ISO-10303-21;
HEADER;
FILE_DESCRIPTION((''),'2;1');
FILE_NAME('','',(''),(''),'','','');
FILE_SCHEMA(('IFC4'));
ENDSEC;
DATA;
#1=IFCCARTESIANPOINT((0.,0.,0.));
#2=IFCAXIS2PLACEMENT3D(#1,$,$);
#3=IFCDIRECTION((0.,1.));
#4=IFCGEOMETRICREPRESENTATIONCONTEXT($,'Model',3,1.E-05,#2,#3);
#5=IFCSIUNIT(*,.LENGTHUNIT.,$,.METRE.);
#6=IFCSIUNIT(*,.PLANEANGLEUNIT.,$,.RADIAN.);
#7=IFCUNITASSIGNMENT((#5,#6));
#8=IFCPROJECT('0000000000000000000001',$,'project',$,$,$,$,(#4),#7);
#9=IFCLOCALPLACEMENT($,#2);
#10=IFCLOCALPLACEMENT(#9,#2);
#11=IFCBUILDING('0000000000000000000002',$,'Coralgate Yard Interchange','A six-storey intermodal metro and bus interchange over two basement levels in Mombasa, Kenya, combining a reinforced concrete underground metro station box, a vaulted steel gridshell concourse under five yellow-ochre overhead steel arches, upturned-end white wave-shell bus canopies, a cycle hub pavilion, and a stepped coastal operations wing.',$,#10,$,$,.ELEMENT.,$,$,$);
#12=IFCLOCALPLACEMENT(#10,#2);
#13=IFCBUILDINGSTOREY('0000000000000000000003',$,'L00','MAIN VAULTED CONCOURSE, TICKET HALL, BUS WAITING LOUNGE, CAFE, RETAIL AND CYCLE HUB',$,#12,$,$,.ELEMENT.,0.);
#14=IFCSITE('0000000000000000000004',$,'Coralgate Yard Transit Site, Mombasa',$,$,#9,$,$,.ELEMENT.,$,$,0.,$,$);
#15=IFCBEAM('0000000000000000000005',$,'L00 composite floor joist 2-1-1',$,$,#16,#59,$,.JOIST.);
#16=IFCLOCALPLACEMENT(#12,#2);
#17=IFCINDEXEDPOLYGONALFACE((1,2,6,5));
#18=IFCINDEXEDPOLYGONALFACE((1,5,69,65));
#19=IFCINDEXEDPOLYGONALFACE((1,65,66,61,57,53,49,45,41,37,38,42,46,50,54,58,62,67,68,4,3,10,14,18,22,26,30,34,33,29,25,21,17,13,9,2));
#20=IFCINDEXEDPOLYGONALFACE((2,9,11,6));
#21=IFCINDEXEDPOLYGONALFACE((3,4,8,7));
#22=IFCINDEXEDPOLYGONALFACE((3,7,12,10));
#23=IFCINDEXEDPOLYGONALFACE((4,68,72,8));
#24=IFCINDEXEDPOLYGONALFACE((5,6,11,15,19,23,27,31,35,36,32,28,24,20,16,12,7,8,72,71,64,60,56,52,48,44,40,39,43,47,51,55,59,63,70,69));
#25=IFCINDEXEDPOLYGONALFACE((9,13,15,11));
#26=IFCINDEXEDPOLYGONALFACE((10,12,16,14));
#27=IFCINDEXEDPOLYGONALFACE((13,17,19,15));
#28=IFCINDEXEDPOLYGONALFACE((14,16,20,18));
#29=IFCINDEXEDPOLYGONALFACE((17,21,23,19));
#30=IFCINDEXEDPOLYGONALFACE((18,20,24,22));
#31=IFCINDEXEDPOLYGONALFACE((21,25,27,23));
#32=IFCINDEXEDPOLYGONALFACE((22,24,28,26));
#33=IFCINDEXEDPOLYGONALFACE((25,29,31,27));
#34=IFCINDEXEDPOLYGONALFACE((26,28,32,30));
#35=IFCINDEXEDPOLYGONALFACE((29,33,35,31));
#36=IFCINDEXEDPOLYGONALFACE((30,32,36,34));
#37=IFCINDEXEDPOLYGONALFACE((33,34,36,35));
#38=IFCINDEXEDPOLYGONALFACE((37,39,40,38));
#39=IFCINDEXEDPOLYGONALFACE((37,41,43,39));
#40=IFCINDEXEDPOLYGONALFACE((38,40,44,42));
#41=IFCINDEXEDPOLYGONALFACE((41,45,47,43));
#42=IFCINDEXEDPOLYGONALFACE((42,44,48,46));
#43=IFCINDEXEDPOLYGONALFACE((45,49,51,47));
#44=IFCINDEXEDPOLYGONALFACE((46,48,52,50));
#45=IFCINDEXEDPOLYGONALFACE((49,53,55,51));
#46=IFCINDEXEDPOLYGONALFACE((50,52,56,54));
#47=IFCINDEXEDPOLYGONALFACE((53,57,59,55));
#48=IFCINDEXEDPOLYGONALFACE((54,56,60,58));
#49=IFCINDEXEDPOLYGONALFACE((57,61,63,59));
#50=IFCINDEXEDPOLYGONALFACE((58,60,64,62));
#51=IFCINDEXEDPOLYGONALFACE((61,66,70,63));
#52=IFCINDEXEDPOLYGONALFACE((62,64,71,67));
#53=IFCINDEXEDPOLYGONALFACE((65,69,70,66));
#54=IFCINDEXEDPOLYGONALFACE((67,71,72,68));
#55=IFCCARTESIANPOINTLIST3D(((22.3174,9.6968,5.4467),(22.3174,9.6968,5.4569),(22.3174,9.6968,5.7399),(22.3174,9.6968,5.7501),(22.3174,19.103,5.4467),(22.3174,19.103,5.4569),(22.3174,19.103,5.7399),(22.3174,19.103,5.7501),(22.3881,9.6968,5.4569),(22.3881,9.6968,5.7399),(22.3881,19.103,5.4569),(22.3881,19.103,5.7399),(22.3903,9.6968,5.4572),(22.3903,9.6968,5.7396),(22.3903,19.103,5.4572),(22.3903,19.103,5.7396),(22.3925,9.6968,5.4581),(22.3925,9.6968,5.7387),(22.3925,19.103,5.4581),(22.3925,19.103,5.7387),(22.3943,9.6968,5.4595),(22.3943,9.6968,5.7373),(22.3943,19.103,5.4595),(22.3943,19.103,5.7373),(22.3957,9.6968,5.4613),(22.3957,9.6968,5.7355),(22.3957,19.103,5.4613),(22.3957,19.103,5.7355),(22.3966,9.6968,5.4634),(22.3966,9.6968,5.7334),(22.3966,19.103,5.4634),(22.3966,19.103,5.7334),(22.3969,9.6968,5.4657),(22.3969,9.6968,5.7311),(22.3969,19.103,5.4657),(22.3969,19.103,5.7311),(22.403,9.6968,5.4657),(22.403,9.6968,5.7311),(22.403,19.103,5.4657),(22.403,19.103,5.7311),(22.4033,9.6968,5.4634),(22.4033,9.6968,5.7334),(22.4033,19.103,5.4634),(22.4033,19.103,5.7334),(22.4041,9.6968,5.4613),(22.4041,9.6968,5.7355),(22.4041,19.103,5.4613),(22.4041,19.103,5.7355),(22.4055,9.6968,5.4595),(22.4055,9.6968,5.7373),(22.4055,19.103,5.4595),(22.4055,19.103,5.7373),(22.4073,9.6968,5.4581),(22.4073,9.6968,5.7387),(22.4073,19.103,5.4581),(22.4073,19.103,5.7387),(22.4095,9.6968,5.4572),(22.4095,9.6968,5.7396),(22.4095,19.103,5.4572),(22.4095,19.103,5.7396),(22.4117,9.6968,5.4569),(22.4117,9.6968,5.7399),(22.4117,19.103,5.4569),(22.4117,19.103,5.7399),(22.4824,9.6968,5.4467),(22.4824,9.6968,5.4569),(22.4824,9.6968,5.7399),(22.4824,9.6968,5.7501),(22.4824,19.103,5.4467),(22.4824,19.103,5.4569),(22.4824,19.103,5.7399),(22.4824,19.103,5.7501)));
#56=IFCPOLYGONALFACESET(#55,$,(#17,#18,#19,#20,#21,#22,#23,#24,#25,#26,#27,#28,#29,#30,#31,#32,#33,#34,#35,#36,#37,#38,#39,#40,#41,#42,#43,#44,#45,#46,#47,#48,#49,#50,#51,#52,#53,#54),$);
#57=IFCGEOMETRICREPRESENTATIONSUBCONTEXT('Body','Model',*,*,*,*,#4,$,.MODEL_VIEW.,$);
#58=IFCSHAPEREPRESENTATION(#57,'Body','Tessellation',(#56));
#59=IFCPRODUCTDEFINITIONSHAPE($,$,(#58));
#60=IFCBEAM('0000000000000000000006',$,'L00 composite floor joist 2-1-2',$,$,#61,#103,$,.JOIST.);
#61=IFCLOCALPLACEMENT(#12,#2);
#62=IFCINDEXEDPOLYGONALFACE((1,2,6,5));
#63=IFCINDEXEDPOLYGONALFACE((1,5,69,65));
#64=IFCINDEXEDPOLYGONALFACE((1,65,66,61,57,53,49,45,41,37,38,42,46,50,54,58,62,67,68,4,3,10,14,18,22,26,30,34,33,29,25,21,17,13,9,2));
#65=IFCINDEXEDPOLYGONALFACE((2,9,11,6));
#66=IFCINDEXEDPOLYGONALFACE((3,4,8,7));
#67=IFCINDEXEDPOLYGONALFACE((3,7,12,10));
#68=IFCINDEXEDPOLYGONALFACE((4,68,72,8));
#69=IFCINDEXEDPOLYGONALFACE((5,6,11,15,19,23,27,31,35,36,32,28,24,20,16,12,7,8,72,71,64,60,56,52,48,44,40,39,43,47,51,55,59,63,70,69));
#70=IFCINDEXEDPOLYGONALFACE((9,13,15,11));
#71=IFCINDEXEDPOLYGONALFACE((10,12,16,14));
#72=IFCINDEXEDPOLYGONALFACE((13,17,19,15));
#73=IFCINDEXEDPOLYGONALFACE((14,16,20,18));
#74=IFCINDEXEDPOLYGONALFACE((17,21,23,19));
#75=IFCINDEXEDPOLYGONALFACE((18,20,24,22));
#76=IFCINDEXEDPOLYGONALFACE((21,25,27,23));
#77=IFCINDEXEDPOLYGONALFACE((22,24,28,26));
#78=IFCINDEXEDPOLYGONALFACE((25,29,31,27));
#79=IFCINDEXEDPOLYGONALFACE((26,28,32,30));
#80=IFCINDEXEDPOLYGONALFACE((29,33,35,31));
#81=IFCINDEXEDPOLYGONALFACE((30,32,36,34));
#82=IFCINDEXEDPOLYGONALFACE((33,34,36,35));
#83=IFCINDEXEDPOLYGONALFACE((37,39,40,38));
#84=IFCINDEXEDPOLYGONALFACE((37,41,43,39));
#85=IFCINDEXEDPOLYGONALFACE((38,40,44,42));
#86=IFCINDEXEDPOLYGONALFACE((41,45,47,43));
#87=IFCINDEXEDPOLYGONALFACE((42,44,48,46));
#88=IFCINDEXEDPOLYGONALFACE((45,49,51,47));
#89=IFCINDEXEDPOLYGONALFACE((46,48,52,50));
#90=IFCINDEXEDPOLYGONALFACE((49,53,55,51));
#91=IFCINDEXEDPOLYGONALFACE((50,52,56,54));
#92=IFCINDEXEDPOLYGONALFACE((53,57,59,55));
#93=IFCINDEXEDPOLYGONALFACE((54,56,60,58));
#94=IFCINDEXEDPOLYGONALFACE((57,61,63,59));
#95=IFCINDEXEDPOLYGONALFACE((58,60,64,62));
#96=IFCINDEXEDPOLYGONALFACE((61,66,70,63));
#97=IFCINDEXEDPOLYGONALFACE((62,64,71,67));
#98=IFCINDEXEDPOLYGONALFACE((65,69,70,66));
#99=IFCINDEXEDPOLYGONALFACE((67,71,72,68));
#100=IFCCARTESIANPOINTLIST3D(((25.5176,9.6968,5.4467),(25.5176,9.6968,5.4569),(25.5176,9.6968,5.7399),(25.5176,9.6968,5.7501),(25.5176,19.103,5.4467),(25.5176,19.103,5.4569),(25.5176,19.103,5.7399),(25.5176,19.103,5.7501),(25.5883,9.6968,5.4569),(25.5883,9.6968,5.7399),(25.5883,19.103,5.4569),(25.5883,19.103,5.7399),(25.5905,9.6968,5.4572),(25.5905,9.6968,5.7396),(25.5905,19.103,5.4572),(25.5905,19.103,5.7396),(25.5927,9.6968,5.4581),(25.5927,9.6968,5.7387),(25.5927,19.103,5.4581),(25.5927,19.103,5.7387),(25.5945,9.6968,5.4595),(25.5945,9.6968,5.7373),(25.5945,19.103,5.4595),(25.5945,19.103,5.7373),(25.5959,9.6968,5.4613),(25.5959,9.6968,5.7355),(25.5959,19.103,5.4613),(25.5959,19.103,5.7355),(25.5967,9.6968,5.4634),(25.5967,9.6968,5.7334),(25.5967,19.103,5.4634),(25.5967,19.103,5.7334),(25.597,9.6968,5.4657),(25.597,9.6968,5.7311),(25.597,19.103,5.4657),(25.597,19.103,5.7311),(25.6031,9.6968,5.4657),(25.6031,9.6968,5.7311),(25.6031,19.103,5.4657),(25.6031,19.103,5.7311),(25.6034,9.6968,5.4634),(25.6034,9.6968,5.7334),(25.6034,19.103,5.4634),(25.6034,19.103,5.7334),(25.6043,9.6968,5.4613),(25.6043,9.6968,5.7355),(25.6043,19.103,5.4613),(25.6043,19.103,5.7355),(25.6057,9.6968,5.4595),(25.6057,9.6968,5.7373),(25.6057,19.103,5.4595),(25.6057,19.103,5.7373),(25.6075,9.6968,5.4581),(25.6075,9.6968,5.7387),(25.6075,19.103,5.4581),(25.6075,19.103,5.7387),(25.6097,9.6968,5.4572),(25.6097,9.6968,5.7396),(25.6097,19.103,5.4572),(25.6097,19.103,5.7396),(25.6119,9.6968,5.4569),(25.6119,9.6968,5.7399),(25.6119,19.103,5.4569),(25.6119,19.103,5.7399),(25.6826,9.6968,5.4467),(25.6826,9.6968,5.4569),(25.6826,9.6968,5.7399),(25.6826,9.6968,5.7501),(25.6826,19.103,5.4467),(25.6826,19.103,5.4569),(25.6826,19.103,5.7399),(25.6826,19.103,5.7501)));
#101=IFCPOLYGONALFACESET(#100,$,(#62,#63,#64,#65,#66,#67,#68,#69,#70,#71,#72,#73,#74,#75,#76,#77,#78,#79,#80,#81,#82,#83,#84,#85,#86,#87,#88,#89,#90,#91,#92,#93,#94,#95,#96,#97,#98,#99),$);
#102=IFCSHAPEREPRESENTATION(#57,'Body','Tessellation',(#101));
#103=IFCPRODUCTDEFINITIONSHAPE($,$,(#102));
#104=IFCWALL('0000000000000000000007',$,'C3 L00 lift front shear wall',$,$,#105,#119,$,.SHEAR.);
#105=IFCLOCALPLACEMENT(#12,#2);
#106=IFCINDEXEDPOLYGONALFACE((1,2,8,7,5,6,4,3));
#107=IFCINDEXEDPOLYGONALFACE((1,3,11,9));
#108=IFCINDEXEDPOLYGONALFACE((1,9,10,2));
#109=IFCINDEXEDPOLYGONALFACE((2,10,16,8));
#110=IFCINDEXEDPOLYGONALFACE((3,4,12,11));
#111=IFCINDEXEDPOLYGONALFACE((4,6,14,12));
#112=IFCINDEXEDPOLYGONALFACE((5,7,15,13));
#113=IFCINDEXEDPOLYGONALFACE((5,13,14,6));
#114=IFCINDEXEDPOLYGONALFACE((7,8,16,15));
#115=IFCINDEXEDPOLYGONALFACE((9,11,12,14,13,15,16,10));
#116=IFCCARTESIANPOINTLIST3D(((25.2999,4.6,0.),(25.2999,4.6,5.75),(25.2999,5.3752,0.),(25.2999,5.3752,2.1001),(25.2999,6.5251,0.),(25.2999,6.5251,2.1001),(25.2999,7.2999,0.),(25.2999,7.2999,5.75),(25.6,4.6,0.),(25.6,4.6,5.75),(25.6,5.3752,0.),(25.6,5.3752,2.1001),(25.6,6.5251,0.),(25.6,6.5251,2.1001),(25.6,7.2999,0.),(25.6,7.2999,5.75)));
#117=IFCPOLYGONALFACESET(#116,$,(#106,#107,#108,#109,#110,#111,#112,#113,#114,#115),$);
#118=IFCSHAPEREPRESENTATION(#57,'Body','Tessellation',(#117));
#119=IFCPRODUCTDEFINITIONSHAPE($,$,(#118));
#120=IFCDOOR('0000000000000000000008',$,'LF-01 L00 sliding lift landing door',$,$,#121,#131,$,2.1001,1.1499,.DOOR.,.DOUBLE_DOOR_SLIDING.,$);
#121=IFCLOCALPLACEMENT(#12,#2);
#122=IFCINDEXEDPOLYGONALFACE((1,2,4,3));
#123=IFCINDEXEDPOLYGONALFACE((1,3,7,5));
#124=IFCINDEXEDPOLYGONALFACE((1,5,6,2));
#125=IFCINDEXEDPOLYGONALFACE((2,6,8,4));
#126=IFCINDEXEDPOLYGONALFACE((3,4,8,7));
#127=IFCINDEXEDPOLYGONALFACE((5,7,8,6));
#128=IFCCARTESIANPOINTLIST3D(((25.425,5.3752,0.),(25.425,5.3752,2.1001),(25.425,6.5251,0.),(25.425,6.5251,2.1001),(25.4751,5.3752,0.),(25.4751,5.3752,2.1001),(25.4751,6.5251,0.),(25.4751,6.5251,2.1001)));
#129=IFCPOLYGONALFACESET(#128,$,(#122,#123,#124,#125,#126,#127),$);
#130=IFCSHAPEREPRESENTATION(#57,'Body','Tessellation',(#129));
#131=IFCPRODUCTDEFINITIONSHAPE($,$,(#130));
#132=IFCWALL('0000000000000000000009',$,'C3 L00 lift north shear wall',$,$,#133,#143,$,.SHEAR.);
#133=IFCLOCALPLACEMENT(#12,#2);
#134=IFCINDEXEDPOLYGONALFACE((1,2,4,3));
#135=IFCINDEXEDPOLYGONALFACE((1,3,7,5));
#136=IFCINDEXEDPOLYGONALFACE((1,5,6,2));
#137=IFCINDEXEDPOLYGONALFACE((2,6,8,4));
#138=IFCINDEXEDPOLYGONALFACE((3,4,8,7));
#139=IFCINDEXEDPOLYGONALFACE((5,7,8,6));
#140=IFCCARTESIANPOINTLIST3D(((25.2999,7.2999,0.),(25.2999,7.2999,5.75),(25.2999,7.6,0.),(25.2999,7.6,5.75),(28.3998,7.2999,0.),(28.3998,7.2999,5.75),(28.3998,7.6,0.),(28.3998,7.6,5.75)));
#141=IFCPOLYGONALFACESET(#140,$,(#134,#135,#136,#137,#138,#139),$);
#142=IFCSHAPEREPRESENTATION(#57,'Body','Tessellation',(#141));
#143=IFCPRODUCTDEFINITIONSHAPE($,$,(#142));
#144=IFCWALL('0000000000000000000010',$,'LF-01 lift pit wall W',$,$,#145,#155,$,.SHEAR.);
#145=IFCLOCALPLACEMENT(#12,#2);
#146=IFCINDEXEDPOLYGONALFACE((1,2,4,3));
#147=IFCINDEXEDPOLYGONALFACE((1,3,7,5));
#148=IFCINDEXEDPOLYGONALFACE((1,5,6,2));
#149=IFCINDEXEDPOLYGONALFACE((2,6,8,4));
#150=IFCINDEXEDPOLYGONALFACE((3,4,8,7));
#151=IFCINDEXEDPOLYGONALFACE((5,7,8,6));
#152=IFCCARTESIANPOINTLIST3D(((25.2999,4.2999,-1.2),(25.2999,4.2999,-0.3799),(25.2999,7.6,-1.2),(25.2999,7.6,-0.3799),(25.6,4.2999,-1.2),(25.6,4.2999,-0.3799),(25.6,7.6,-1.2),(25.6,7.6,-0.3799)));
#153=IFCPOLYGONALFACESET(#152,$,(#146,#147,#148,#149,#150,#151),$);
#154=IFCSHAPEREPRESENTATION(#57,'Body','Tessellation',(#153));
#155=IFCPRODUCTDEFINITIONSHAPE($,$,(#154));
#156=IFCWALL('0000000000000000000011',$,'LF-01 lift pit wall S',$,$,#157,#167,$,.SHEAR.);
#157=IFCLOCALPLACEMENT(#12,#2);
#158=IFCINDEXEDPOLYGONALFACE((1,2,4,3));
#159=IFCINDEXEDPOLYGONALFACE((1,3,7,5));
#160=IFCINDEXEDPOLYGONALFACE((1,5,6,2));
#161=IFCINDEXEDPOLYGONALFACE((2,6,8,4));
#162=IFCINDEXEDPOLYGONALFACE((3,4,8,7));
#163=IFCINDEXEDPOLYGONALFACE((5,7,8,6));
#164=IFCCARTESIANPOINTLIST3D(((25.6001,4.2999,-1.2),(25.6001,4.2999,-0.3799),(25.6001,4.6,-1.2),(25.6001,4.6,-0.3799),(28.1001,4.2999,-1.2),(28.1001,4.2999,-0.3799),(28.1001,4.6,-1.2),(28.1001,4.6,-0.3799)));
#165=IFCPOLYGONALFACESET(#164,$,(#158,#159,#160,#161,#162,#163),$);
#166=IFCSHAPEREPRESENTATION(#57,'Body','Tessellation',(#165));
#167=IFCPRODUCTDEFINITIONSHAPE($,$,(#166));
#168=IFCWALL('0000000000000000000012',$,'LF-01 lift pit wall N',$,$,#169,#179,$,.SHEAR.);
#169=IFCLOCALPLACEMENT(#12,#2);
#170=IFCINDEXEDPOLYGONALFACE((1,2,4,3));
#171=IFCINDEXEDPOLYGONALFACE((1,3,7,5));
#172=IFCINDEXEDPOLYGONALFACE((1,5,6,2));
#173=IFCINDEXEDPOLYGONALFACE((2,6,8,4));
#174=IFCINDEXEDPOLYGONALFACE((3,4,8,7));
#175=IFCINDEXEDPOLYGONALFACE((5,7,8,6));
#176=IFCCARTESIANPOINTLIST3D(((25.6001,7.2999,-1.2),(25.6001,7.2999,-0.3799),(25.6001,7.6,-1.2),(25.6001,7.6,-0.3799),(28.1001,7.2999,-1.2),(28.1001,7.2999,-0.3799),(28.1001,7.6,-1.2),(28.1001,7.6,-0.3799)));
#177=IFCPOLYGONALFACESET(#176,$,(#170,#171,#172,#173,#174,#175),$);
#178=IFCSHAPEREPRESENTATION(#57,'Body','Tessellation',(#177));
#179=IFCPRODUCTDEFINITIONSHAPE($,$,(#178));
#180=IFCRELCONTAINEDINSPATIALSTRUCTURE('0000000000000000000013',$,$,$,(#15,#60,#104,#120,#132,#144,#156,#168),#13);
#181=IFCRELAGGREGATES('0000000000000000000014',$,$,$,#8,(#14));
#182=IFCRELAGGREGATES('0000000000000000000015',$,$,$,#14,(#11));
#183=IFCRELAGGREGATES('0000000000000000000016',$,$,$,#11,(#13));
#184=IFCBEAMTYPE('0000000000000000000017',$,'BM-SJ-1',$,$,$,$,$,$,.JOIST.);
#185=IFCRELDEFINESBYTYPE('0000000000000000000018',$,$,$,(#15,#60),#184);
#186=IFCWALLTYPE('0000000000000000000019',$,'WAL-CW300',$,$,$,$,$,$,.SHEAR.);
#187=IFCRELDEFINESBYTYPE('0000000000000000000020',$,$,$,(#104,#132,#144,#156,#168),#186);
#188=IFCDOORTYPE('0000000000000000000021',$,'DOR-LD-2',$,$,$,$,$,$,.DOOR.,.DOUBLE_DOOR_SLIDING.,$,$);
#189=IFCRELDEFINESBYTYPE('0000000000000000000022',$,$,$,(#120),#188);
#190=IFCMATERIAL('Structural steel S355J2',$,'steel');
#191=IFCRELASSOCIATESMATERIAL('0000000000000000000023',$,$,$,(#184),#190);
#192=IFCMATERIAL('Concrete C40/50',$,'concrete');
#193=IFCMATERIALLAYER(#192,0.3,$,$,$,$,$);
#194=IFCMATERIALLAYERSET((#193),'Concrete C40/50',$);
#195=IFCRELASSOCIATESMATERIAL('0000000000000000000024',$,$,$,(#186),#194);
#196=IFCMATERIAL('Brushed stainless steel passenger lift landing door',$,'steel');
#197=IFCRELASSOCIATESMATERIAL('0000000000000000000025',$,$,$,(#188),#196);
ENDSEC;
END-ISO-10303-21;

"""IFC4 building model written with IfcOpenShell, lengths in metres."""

from ifc_helpers import new_model, si_unit, direction, frame, frame_2d, origin, origin_2d, place, context, subcontext, project, spatial, rectangle, i_section, extrude, material, layer, layer_set, material_profile, profile_set, type_object, element, fill, save


model = new_model("IFC4")

# Units and contexts
model_context = context("Model", 3, precision=1e-05, world=origin(), true_north=direction((0.0, 1.0)))
body_context = subcontext(model_context, "Body", "Model", "MODEL_VIEW")
ifc_project = project(units=[si_unit("LENGTHUNIT", "METRE"), si_unit("PLANEANGLEUNIT", "RADIAN")], contexts=[model_context])

# Site, building, storey
site_placement = place(None, origin())
site = spatial("IfcSite", under=ifc_project, at=site_placement, Name="Coralgate Yard Transit Site, Mombasa", CompositionType="ELEMENT", RefElevation=0.0)
building_placement = place(site_placement, origin())
building = spatial("IfcBuilding", under=site, at=building_placement, Name="Coralgate Yard Interchange", Description="A six-storey intermodal metro and bus interchange over two basement levels in Mombasa, Kenya, combining a reinforced concrete underground metro station box, a vaulted steel gridshell concourse under five yellow-ochre overhead steel arches, upturned-end white wave-shell bus canopies, a cycle hub pavilion, and a stepped coastal operations wing.", CompositionType="ELEMENT")
storey_placement = place(building_placement, origin())
storey = spatial("IfcBuildingStorey", under=building, at=storey_placement, Name="L00", Description="MAIN VAULTED CONCOURSE, TICKET HALL, BUS WAITING LOUNGE, CAFE, RETAIL AND CYCLE HUB", CompositionType="ELEMENT", Elevation=0.0)

# Shared definitions
ifc_material_1 = material(Name="Concrete C40/50", Category="concrete")

# Beams
ifc_material_2 = material(Name="Structural steel S355J2", Category="steel")
ifc_material_profile_1 = material_profile(ifc_material_2, i_section(OverallWidth=0.165, OverallDepth=0.3035, WebThickness=0.0061, FlangeThickness=0.0103, FilletRadius=0.0088, at=origin_2d()), Name="UB 305x165x40")
ifc_profile_set_1 = profile_set([ifc_material_profile_1], Name="Structural steel S355J2")
beam_type = type_object("IfcBeamType", Name="BM-SJ-1", PredefinedType="JOIST", material=ifc_profile_set_1)
for number, where, z_axis, x_axis, name in (
    (1, (22.3999, 9.6968, 5.5984), (0.0, 1.0, 0.0), (-1.0, 0.0, 0.0), "L00 composite floor joist 2-1-1"),
    (2, (25.6001, 9.6968, 5.5984), (0.0, 1.0, 0.0), (-1.0, 0.0, 0.0), "L00 composite floor joist 2-1-2"),
):
    element("IfcBeam", number, at=place(storey_placement, frame(where, z_axis=z_axis, x_axis=x_axis)), inside=storey, type_object=beam_type, Name=name, PredefinedType="JOIST", context=body_context, shape_type="SweptSolid", body=[
        extrude(i_section(OverallWidth=0.165, OverallDepth=0.3035, WebThickness=0.0061, FlangeThickness=0.0103, FilletRadius=0.0088, at=origin_2d()), origin(), (0.0, 0.0, 1.0), 9.4062),
    ])

# Wall, opening, door
ifc_layer_1 = layer(ifc_material_1, 0.3)
ifc_layer_set_1 = layer_set([ifc_layer_1], Name="Concrete C40/50")
wall_type_1 = type_object("IfcWallType", Name="WAL-CW300", PredefinedType="SHEAR", material=ifc_layer_set_1)
wall_1_placement = place(storey_placement, frame((25.45, 7.3, 0.0), z_axis=(0.0, 0.0, 1.0), x_axis=(0.0, -1.0, 0.0)))
wall_1 = element("IfcWall", 3, at=wall_1_placement, inside=storey, type_object=wall_type_1, Name="C3 L00 lift front shear wall", PredefinedType="SHEAR", context=body_context, shape_type="SweptSolid", body=[
    extrude(rectangle(XDim=2.7, YDim=0.3, at=frame_2d((1.3501, 0.0))), origin(), (0.0, 0.0, 1.0), 5.75),
])
opening_1_placement = place(wall_1_placement, frame((0.7749, 0.0, 0.0)))
opening_1 = element("IfcOpeningElement", 4, at=opening_1_placement, cuts=wall_1, PredefinedType="OPENING", context=body_context, shape_type="SweptSolid", body=[
    extrude(rectangle(XDim=1.1499, YDim=2.1001, at=frame_2d((0.575, 1.05))), frame((0.0, 0.1599, 0.0), z_axis=(0.0, -1.0, 0.0), x_axis=(1.0, 0.0, 0.0)), (0.0, 0.0, 1.0), 0.3201),
])
ifc_material_3 = material(Name="Brushed stainless steel passenger lift landing door", Category="steel")
door_type_1 = type_object("IfcDoorType", Name="DOR-LD-2", OperationType="DOUBLE_DOOR_SLIDING", PredefinedType="DOOR", material=ifc_material_3)
door_1_placement = place(opening_1_placement, frame((1.1499, 0.0, 0.0), z_axis=(0.0, 0.0, 1.0), x_axis=(-1.0, 0.0, 0.0)))
door_1 = element("IfcDoor", 5, at=door_1_placement, inside=storey, type_object=door_type_1, Name="LF-01 L00 sliding lift landing door", OperationType="DOUBLE_DOOR_SLIDING", OverallHeight=2.1001, OverallWidth=1.1499, PredefinedType="DOOR", context=body_context, shape_type="SweptSolid", body=[
    extrude(rectangle(XDim=1.1499, YDim=2.1001, at=frame_2d((0.575, 1.05))), frame((0.0, 0.0249, 0.0), z_axis=(0.0, -1.0, 0.0), x_axis=(1.0, 0.0, 0.0)), (0.0, 0.0, 1.0), 0.05),
])
fill(opening_1, door_1)

# Walls
wall_2_placement = place(storey_placement, frame((25.3, 7.45, 0.0), z_axis=(0.0, 0.0, 1.0), x_axis=(1.0, 0.0, 0.0)))
element("IfcWall", 6, at=wall_2_placement, inside=storey, type_object=wall_type_1, Name="C3 L00 lift north shear wall", PredefinedType="SHEAR", context=body_context, shape_type="SweptSolid", body=[
    extrude(rectangle(XDim=3.0999, YDim=0.3, at=frame_2d((1.5498, 0.0))), origin(), (0.0, 0.0, 1.0), 5.75),
])
wall_3_placement = place(storey_placement, frame((25.45, 4.3, -1.2), z_axis=(0.0, 0.0, 1.0), x_axis=(0.0, 1.0, 0.0)))
element("IfcWall", 7, at=wall_3_placement, inside=storey, type_object=wall_type_1, Name="LF-01 lift pit wall W", PredefinedType="SHEAR", context=body_context, shape_type="SweptSolid", body=[
    extrude(rectangle(XDim=3.3, YDim=0.3, at=frame_2d((1.6499, 0.0))), origin(), (0.0, 0.0, 1.0), 0.8201),
])
for number, where, z_axis, x_axis, name in (
    (8, (25.6001, 4.45, -1.2), (0.0, 0.0, 1.0), (1.0, 0.0, 0.0), "LF-01 lift pit wall S"),
    (9, (25.6001, 7.45, -1.2), (0.0, 0.0, 1.0), (1.0, 0.0, 0.0), "LF-01 lift pit wall N"),
):
    element("IfcWall", number, at=place(storey_placement, frame(where, z_axis=z_axis, x_axis=x_axis)), inside=storey, type_object=wall_type_1, Name=name, PredefinedType="SHEAR", context=body_context, shape_type="SweptSolid", body=[
        extrude(rectangle(XDim=2.5, YDim=0.3, at=frame_2d((1.25, 0.0))), origin(), (0.0, 0.0, 1.0), 0.8201),
    ])

save(model, "model.ifc")
